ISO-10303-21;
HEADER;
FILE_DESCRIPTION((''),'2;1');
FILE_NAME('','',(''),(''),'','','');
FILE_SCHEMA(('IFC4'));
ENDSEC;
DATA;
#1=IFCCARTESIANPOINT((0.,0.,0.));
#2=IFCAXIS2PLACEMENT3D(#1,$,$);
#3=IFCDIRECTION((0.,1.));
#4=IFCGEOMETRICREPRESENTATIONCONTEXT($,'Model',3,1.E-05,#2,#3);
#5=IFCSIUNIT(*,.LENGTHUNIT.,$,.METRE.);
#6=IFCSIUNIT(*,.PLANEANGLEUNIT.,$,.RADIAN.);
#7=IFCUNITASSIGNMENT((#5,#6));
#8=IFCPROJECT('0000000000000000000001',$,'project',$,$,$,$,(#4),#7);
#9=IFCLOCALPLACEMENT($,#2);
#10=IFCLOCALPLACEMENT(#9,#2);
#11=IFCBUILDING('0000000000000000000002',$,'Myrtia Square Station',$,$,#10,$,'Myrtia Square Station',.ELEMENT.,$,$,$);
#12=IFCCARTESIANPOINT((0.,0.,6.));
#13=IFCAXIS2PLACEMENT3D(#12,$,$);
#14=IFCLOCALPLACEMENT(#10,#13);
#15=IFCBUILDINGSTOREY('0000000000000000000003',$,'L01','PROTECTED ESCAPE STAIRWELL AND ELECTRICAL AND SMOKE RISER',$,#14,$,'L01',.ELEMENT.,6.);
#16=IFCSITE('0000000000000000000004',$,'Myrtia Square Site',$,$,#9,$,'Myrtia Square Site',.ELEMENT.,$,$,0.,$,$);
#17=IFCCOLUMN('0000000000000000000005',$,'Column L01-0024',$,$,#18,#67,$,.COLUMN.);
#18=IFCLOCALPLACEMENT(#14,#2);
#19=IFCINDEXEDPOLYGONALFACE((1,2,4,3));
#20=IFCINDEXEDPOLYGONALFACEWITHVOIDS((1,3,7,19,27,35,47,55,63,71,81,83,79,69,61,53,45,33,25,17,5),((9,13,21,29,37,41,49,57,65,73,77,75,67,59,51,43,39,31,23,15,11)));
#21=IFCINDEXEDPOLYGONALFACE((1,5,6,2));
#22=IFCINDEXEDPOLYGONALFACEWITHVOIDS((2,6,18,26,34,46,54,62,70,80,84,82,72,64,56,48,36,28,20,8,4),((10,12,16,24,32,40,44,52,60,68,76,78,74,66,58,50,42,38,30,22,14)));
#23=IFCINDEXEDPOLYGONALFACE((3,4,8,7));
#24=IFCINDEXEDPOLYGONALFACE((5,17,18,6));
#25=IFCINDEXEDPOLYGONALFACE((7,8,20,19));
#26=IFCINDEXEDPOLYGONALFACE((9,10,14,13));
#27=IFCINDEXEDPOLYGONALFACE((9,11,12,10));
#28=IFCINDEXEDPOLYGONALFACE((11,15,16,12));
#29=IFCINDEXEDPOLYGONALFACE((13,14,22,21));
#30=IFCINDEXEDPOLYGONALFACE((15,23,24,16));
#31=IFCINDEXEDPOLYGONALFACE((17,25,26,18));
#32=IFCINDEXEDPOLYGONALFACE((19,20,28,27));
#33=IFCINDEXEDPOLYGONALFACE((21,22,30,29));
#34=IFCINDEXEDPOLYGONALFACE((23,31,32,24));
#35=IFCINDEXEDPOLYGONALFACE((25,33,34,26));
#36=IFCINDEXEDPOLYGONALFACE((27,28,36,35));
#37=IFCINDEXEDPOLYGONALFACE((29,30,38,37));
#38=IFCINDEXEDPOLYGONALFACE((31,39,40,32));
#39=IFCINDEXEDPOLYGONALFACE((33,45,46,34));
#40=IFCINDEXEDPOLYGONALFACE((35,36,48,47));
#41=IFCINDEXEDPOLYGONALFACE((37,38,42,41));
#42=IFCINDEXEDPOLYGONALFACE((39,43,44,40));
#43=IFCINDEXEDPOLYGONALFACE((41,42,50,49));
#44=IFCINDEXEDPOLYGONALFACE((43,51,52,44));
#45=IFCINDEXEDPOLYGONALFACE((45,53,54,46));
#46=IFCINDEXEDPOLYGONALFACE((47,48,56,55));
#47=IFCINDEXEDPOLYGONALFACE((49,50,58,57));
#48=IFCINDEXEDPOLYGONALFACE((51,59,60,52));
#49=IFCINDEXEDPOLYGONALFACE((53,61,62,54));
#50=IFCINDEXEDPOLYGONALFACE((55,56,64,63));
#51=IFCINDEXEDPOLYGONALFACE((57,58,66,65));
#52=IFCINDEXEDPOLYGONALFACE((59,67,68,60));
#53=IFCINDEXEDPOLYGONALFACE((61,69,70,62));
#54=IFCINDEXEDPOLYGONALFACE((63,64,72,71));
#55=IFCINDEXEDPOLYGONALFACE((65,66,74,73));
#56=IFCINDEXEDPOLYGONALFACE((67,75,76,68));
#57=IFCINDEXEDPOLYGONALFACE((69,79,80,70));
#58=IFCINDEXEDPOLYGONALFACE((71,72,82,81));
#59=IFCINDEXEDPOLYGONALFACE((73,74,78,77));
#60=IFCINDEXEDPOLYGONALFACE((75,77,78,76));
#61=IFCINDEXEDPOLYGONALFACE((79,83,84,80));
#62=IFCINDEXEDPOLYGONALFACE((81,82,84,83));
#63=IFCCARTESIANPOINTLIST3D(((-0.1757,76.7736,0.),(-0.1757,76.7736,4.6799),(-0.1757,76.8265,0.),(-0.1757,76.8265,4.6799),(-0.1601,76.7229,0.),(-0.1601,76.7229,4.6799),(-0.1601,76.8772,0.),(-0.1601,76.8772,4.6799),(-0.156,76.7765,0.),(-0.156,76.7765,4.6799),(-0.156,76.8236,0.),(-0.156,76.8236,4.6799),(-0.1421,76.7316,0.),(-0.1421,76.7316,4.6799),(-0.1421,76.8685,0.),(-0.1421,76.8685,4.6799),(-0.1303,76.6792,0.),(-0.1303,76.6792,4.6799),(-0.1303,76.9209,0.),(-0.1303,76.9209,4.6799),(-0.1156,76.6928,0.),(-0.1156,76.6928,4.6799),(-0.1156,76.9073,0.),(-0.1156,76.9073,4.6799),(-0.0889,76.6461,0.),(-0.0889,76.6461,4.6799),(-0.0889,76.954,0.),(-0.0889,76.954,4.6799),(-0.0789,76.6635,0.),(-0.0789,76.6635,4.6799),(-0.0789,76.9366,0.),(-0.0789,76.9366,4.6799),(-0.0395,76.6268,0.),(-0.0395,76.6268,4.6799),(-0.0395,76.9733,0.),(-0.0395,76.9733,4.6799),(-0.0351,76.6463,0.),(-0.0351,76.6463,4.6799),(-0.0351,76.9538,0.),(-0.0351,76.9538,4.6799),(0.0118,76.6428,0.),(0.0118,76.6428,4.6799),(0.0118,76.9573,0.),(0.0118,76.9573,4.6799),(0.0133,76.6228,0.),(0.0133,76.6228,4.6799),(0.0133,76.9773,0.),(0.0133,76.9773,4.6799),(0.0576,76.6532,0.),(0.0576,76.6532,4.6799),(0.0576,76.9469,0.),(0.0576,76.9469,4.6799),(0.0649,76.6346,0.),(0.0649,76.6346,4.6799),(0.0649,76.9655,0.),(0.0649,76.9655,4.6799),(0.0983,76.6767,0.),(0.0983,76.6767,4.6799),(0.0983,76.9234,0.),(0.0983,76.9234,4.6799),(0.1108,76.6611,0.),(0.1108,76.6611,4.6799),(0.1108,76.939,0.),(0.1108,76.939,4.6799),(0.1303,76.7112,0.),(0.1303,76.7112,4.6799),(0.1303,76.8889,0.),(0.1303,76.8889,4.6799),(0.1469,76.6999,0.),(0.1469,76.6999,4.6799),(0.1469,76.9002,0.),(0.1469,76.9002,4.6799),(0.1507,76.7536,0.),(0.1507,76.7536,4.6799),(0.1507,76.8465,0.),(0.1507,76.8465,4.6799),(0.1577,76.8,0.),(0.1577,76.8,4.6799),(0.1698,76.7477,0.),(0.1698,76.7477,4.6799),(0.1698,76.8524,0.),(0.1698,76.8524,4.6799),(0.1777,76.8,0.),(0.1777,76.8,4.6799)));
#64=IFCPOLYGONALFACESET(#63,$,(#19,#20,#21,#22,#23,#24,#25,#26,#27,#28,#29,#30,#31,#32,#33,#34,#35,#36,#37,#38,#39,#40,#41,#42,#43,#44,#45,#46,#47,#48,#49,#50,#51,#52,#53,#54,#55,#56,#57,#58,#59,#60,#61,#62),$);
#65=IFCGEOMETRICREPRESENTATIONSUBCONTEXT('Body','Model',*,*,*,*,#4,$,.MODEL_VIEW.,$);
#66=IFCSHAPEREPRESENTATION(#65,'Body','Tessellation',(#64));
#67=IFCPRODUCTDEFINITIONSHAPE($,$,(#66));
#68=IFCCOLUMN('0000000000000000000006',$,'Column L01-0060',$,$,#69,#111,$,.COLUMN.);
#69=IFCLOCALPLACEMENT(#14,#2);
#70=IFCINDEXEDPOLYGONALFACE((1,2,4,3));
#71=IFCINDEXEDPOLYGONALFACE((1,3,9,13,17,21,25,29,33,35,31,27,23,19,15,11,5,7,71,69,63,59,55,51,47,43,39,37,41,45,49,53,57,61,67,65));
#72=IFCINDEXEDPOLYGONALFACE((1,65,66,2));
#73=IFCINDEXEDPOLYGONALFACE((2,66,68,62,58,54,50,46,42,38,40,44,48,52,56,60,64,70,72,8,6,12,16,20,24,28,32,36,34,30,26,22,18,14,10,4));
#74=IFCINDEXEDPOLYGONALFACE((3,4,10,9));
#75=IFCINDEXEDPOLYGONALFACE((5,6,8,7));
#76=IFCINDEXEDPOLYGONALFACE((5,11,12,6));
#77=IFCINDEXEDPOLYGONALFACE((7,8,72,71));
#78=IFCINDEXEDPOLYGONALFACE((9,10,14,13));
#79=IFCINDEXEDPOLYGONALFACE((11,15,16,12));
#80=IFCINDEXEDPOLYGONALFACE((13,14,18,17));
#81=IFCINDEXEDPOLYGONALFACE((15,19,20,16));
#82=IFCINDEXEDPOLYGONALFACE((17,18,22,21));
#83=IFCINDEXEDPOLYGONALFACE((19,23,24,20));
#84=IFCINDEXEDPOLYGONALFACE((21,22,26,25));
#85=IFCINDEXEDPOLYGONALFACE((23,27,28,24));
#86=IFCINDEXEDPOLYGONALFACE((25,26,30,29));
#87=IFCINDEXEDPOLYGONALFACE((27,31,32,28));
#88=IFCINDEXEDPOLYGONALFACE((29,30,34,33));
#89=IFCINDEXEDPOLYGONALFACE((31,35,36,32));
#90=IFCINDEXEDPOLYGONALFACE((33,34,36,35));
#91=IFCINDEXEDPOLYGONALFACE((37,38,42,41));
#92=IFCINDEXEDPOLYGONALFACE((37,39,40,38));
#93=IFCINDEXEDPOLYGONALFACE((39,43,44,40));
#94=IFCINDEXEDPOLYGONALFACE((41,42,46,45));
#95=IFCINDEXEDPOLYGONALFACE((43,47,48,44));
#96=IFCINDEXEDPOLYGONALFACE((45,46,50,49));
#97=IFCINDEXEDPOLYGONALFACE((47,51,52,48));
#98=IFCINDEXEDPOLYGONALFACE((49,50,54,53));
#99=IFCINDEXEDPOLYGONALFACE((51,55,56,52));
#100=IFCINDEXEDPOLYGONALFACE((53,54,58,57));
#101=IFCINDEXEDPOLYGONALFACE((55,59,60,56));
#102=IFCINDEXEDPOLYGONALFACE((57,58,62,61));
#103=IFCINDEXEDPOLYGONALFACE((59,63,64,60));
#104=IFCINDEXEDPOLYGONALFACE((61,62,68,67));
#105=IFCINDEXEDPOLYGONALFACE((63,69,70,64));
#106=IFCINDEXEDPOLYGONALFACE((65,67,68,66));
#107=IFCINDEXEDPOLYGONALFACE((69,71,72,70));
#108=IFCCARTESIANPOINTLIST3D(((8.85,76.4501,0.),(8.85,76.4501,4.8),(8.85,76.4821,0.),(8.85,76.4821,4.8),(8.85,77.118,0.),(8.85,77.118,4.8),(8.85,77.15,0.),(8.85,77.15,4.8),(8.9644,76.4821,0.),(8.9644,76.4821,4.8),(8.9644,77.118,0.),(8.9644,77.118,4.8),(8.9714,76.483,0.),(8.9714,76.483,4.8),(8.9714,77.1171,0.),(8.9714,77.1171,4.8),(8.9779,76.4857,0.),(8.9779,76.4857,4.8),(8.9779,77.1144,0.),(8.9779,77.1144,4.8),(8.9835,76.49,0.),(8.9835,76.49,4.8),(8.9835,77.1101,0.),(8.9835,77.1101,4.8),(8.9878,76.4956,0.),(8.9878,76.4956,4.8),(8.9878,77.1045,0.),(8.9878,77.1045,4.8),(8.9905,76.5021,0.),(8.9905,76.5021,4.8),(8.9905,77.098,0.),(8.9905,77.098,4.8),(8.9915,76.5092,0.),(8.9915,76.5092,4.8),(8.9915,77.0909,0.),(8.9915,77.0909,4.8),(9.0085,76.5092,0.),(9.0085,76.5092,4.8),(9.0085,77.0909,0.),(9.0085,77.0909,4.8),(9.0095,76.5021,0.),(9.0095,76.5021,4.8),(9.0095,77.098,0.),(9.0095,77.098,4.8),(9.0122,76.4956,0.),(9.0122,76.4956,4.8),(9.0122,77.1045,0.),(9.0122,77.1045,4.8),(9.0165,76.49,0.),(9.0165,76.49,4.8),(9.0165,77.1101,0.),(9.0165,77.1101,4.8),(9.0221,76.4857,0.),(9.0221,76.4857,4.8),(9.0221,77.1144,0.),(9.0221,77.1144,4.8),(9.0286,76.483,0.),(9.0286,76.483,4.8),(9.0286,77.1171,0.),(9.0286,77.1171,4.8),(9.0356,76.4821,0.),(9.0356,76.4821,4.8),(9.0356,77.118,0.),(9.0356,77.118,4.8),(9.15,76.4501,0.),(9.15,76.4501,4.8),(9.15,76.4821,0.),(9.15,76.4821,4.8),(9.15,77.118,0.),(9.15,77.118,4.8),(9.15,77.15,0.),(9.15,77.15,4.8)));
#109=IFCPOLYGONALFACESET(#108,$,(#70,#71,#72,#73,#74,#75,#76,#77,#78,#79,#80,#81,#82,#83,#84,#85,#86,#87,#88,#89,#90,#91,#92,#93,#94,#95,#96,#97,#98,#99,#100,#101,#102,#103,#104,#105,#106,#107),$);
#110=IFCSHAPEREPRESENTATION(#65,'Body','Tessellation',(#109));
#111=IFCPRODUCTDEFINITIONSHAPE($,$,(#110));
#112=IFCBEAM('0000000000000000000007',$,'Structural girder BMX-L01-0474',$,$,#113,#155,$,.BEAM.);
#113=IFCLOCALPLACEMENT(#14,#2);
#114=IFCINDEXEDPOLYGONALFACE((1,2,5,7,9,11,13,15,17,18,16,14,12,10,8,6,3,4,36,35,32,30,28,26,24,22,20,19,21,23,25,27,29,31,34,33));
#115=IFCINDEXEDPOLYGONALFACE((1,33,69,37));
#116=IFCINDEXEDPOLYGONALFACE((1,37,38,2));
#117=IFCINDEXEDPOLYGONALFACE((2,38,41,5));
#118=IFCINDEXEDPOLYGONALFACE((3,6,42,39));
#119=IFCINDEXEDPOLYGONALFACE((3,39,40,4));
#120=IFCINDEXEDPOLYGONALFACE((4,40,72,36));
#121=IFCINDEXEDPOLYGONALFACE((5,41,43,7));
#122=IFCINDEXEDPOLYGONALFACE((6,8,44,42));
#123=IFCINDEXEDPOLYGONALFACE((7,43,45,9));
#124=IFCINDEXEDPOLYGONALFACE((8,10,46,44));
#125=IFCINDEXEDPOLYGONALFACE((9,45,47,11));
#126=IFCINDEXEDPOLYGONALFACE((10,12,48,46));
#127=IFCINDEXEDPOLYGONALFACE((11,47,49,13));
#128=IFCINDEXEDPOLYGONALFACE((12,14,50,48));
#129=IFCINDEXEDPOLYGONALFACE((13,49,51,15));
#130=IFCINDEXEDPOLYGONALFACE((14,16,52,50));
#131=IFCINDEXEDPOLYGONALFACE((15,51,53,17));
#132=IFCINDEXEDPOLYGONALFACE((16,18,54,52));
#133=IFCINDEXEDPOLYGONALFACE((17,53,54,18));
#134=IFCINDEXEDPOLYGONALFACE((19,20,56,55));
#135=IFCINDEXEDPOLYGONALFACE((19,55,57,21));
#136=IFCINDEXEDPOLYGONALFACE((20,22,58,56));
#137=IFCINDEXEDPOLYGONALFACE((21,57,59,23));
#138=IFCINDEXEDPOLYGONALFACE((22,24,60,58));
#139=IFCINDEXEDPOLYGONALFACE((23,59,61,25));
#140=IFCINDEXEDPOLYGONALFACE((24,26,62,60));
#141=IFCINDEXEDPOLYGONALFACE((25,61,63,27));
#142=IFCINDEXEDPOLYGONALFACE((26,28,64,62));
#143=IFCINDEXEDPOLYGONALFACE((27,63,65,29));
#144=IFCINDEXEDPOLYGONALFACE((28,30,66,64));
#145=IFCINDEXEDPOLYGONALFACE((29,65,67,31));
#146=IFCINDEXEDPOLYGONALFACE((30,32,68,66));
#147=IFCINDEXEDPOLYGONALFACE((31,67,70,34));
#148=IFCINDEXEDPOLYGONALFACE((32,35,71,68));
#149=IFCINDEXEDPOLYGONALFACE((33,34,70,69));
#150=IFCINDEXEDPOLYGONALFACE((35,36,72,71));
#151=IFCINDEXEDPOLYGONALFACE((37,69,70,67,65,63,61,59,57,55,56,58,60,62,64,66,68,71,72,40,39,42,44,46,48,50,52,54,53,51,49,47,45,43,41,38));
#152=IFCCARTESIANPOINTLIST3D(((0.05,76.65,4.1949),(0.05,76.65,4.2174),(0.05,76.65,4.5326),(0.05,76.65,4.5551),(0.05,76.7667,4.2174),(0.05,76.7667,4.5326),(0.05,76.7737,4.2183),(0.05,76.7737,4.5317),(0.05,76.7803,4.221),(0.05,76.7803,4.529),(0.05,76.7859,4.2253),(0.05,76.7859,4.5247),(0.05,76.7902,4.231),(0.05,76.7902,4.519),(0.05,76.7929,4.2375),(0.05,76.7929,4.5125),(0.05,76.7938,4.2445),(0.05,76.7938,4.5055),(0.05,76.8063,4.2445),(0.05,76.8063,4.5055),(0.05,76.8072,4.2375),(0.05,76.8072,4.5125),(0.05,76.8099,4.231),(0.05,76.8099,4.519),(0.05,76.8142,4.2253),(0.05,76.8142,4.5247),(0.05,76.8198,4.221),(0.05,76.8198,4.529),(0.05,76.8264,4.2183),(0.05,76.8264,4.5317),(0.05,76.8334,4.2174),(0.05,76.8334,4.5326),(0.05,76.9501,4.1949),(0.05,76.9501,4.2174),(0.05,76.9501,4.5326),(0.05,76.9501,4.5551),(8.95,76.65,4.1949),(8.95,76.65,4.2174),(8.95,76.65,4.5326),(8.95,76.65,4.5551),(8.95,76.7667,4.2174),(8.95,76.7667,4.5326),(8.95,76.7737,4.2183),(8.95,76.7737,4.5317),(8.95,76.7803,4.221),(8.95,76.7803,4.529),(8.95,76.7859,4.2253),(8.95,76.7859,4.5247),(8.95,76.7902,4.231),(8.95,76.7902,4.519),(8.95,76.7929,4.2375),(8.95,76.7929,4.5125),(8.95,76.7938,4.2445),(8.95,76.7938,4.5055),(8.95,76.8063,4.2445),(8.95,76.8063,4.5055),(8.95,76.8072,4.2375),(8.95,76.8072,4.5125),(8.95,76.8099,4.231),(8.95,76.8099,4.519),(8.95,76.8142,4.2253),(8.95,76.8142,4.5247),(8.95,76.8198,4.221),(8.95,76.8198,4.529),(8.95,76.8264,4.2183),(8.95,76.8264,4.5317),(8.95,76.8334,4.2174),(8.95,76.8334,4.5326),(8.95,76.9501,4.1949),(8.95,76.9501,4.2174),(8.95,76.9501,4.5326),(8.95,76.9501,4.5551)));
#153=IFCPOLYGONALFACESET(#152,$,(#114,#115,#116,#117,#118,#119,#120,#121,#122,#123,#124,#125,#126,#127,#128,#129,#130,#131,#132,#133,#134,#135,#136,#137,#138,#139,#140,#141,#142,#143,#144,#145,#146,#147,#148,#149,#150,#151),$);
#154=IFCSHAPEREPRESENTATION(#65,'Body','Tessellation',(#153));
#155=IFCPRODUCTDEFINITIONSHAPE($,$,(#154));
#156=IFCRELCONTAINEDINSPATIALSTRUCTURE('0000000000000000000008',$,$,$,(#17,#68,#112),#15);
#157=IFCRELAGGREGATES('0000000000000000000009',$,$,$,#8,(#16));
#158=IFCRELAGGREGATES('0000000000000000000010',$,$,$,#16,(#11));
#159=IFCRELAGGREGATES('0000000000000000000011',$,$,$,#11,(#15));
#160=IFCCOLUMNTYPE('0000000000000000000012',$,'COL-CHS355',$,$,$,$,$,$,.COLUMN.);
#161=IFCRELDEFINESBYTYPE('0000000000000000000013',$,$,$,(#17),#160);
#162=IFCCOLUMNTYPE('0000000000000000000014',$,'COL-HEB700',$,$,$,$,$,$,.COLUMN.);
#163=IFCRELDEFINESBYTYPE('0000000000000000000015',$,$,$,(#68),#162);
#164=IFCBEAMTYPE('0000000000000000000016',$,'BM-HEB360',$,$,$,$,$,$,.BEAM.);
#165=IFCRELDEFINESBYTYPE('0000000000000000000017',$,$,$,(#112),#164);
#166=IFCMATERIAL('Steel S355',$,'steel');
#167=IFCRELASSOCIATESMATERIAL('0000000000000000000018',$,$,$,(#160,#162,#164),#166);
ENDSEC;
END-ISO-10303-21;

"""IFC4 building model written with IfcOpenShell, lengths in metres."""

from ifc_helpers import new_model, si_unit, direction, frame, origin, origin_2d, place, context, subcontext, project, spatial, hollow_circle, i_section, extrude, material, material_profile, profile_set, type_object, element, save


model = new_model("IFC4")

# Units and contexts
model_context = context("Model", 3, precision=1e-05, world=origin(), true_north=direction((0.0, 1.0)))
body_context = subcontext(model_context, "Body", "Model", "MODEL_VIEW")
ifc_project = project(units=[si_unit("LENGTHUNIT", "METRE"), si_unit("PLANEANGLEUNIT", "RADIAN")], contexts=[model_context])

# Site, building, storey
site_placement = place(None, origin())
site = spatial("IfcSite", under=ifc_project, at=site_placement, Name="Myrtia Square Site", LongName="Myrtia Square Site", CompositionType="ELEMENT", RefElevation=0.0)
building_placement = place(site_placement, origin())
building = spatial("IfcBuilding", under=site, at=building_placement, Name="Myrtia Square Station", LongName="Myrtia Square Station", CompositionType="ELEMENT")
storey_placement = place(building_placement, frame((0.0, 0.0, 6.0)))
storey = spatial("IfcBuildingStorey", under=building, at=storey_placement, Name="L01", Description="PROTECTED ESCAPE STAIRWELL AND ELECTRICAL AND SMOKE RISER", LongName="L01", CompositionType="ELEMENT", Elevation=6.0)

# Columns
ifc_material_1 = material(Name="Steel S355", Category="steel")
ifc_material_profile_1 = material_profile(ifc_material_1, hollow_circle(Radius=0.1777, WallThickness=0.02, at=origin_2d()), Name="CHS 355.6x20")
ifc_profile_set_1 = profile_set([ifc_material_profile_1], Name="Steel S355")
column_type_1 = type_object("IfcColumnType", Name="COL-CHS355", PredefinedType="COLUMN", material=ifc_profile_set_1)
column_1_placement = place(storey_placement, frame((0.0, 76.8, 0.0), z_axis=(0.0, 0.0, 1.0), x_axis=(1.0, 0.0, 0.0)))
element("IfcColumn", 1, at=column_1_placement, inside=storey, type_object=column_type_1, Name="Column L01-0024", PredefinedType="COLUMN", context=body_context, shape_type="SweptSolid", body=[
    extrude(hollow_circle(Radius=0.1777, WallThickness=0.02, at=origin_2d()), origin(), (0.0, 0.0, 1.0), 4.6799),
])
ifc_material_profile_2 = material_profile(ifc_material_1, i_section(OverallWidth=0.3, OverallDepth=0.7, WebThickness=0.0171, FlangeThickness=0.032, FilletRadius=0.0271, at=origin_2d()), Name="HEB 700")
ifc_profile_set_2 = profile_set([ifc_material_profile_2], Name="Steel S355")
column_type_2 = type_object("IfcColumnType", Name="COL-HEB700", PredefinedType="COLUMN", material=ifc_profile_set_2)
column_2_placement = place(storey_placement, frame((9.0, 76.8, 0.0), z_axis=(0.0, 0.0, 1.0), x_axis=(1.0, 0.0, 0.0)))
element("IfcColumn", 2, at=column_2_placement, inside=storey, type_object=column_type_2, Name="Column L01-0060", PredefinedType="COLUMN", context=body_context, shape_type="SweptSolid", body=[
    extrude(i_section(OverallWidth=0.3, OverallDepth=0.7, WebThickness=0.0171, FlangeThickness=0.032, FilletRadius=0.0271, at=origin_2d()), origin(), (0.0, 0.0, 1.0), 4.8),
])

# Beam
ifc_material_profile_3 = material_profile(ifc_material_1, i_section(OverallWidth=0.3, OverallDepth=0.3601, WebThickness=0.0125, FlangeThickness=0.0225, FilletRadius=0.0271, at=origin_2d()), Name="HEB 360")
ifc_profile_set_3 = profile_set([ifc_material_profile_3], Name="Steel S355")
beam_type_1 = type_object("IfcBeamType", Name="BM-HEB360", PredefinedType="BEAM", material=ifc_profile_set_3)
beam_1_placement = place(storey_placement, frame((0.05, 76.8, 4.375), z_axis=(1.0, 0.0, 0.0), x_axis=(0.0, 1.0, 0.0)))
element("IfcBeam", 3, at=beam_1_placement, inside=storey, type_object=beam_type_1, Name="Structural girder BMX-L01-0474", PredefinedType="BEAM", context=body_context, shape_type="SweptSolid", body=[
    extrude(i_section(OverallWidth=0.3, OverallDepth=0.3601, WebThickness=0.0125, FlangeThickness=0.0225, FilletRadius=0.0271, at=origin_2d()), origin(), (0.0, 0.0, 1.0), 8.8999),
])

save(model, "model.ifc")
